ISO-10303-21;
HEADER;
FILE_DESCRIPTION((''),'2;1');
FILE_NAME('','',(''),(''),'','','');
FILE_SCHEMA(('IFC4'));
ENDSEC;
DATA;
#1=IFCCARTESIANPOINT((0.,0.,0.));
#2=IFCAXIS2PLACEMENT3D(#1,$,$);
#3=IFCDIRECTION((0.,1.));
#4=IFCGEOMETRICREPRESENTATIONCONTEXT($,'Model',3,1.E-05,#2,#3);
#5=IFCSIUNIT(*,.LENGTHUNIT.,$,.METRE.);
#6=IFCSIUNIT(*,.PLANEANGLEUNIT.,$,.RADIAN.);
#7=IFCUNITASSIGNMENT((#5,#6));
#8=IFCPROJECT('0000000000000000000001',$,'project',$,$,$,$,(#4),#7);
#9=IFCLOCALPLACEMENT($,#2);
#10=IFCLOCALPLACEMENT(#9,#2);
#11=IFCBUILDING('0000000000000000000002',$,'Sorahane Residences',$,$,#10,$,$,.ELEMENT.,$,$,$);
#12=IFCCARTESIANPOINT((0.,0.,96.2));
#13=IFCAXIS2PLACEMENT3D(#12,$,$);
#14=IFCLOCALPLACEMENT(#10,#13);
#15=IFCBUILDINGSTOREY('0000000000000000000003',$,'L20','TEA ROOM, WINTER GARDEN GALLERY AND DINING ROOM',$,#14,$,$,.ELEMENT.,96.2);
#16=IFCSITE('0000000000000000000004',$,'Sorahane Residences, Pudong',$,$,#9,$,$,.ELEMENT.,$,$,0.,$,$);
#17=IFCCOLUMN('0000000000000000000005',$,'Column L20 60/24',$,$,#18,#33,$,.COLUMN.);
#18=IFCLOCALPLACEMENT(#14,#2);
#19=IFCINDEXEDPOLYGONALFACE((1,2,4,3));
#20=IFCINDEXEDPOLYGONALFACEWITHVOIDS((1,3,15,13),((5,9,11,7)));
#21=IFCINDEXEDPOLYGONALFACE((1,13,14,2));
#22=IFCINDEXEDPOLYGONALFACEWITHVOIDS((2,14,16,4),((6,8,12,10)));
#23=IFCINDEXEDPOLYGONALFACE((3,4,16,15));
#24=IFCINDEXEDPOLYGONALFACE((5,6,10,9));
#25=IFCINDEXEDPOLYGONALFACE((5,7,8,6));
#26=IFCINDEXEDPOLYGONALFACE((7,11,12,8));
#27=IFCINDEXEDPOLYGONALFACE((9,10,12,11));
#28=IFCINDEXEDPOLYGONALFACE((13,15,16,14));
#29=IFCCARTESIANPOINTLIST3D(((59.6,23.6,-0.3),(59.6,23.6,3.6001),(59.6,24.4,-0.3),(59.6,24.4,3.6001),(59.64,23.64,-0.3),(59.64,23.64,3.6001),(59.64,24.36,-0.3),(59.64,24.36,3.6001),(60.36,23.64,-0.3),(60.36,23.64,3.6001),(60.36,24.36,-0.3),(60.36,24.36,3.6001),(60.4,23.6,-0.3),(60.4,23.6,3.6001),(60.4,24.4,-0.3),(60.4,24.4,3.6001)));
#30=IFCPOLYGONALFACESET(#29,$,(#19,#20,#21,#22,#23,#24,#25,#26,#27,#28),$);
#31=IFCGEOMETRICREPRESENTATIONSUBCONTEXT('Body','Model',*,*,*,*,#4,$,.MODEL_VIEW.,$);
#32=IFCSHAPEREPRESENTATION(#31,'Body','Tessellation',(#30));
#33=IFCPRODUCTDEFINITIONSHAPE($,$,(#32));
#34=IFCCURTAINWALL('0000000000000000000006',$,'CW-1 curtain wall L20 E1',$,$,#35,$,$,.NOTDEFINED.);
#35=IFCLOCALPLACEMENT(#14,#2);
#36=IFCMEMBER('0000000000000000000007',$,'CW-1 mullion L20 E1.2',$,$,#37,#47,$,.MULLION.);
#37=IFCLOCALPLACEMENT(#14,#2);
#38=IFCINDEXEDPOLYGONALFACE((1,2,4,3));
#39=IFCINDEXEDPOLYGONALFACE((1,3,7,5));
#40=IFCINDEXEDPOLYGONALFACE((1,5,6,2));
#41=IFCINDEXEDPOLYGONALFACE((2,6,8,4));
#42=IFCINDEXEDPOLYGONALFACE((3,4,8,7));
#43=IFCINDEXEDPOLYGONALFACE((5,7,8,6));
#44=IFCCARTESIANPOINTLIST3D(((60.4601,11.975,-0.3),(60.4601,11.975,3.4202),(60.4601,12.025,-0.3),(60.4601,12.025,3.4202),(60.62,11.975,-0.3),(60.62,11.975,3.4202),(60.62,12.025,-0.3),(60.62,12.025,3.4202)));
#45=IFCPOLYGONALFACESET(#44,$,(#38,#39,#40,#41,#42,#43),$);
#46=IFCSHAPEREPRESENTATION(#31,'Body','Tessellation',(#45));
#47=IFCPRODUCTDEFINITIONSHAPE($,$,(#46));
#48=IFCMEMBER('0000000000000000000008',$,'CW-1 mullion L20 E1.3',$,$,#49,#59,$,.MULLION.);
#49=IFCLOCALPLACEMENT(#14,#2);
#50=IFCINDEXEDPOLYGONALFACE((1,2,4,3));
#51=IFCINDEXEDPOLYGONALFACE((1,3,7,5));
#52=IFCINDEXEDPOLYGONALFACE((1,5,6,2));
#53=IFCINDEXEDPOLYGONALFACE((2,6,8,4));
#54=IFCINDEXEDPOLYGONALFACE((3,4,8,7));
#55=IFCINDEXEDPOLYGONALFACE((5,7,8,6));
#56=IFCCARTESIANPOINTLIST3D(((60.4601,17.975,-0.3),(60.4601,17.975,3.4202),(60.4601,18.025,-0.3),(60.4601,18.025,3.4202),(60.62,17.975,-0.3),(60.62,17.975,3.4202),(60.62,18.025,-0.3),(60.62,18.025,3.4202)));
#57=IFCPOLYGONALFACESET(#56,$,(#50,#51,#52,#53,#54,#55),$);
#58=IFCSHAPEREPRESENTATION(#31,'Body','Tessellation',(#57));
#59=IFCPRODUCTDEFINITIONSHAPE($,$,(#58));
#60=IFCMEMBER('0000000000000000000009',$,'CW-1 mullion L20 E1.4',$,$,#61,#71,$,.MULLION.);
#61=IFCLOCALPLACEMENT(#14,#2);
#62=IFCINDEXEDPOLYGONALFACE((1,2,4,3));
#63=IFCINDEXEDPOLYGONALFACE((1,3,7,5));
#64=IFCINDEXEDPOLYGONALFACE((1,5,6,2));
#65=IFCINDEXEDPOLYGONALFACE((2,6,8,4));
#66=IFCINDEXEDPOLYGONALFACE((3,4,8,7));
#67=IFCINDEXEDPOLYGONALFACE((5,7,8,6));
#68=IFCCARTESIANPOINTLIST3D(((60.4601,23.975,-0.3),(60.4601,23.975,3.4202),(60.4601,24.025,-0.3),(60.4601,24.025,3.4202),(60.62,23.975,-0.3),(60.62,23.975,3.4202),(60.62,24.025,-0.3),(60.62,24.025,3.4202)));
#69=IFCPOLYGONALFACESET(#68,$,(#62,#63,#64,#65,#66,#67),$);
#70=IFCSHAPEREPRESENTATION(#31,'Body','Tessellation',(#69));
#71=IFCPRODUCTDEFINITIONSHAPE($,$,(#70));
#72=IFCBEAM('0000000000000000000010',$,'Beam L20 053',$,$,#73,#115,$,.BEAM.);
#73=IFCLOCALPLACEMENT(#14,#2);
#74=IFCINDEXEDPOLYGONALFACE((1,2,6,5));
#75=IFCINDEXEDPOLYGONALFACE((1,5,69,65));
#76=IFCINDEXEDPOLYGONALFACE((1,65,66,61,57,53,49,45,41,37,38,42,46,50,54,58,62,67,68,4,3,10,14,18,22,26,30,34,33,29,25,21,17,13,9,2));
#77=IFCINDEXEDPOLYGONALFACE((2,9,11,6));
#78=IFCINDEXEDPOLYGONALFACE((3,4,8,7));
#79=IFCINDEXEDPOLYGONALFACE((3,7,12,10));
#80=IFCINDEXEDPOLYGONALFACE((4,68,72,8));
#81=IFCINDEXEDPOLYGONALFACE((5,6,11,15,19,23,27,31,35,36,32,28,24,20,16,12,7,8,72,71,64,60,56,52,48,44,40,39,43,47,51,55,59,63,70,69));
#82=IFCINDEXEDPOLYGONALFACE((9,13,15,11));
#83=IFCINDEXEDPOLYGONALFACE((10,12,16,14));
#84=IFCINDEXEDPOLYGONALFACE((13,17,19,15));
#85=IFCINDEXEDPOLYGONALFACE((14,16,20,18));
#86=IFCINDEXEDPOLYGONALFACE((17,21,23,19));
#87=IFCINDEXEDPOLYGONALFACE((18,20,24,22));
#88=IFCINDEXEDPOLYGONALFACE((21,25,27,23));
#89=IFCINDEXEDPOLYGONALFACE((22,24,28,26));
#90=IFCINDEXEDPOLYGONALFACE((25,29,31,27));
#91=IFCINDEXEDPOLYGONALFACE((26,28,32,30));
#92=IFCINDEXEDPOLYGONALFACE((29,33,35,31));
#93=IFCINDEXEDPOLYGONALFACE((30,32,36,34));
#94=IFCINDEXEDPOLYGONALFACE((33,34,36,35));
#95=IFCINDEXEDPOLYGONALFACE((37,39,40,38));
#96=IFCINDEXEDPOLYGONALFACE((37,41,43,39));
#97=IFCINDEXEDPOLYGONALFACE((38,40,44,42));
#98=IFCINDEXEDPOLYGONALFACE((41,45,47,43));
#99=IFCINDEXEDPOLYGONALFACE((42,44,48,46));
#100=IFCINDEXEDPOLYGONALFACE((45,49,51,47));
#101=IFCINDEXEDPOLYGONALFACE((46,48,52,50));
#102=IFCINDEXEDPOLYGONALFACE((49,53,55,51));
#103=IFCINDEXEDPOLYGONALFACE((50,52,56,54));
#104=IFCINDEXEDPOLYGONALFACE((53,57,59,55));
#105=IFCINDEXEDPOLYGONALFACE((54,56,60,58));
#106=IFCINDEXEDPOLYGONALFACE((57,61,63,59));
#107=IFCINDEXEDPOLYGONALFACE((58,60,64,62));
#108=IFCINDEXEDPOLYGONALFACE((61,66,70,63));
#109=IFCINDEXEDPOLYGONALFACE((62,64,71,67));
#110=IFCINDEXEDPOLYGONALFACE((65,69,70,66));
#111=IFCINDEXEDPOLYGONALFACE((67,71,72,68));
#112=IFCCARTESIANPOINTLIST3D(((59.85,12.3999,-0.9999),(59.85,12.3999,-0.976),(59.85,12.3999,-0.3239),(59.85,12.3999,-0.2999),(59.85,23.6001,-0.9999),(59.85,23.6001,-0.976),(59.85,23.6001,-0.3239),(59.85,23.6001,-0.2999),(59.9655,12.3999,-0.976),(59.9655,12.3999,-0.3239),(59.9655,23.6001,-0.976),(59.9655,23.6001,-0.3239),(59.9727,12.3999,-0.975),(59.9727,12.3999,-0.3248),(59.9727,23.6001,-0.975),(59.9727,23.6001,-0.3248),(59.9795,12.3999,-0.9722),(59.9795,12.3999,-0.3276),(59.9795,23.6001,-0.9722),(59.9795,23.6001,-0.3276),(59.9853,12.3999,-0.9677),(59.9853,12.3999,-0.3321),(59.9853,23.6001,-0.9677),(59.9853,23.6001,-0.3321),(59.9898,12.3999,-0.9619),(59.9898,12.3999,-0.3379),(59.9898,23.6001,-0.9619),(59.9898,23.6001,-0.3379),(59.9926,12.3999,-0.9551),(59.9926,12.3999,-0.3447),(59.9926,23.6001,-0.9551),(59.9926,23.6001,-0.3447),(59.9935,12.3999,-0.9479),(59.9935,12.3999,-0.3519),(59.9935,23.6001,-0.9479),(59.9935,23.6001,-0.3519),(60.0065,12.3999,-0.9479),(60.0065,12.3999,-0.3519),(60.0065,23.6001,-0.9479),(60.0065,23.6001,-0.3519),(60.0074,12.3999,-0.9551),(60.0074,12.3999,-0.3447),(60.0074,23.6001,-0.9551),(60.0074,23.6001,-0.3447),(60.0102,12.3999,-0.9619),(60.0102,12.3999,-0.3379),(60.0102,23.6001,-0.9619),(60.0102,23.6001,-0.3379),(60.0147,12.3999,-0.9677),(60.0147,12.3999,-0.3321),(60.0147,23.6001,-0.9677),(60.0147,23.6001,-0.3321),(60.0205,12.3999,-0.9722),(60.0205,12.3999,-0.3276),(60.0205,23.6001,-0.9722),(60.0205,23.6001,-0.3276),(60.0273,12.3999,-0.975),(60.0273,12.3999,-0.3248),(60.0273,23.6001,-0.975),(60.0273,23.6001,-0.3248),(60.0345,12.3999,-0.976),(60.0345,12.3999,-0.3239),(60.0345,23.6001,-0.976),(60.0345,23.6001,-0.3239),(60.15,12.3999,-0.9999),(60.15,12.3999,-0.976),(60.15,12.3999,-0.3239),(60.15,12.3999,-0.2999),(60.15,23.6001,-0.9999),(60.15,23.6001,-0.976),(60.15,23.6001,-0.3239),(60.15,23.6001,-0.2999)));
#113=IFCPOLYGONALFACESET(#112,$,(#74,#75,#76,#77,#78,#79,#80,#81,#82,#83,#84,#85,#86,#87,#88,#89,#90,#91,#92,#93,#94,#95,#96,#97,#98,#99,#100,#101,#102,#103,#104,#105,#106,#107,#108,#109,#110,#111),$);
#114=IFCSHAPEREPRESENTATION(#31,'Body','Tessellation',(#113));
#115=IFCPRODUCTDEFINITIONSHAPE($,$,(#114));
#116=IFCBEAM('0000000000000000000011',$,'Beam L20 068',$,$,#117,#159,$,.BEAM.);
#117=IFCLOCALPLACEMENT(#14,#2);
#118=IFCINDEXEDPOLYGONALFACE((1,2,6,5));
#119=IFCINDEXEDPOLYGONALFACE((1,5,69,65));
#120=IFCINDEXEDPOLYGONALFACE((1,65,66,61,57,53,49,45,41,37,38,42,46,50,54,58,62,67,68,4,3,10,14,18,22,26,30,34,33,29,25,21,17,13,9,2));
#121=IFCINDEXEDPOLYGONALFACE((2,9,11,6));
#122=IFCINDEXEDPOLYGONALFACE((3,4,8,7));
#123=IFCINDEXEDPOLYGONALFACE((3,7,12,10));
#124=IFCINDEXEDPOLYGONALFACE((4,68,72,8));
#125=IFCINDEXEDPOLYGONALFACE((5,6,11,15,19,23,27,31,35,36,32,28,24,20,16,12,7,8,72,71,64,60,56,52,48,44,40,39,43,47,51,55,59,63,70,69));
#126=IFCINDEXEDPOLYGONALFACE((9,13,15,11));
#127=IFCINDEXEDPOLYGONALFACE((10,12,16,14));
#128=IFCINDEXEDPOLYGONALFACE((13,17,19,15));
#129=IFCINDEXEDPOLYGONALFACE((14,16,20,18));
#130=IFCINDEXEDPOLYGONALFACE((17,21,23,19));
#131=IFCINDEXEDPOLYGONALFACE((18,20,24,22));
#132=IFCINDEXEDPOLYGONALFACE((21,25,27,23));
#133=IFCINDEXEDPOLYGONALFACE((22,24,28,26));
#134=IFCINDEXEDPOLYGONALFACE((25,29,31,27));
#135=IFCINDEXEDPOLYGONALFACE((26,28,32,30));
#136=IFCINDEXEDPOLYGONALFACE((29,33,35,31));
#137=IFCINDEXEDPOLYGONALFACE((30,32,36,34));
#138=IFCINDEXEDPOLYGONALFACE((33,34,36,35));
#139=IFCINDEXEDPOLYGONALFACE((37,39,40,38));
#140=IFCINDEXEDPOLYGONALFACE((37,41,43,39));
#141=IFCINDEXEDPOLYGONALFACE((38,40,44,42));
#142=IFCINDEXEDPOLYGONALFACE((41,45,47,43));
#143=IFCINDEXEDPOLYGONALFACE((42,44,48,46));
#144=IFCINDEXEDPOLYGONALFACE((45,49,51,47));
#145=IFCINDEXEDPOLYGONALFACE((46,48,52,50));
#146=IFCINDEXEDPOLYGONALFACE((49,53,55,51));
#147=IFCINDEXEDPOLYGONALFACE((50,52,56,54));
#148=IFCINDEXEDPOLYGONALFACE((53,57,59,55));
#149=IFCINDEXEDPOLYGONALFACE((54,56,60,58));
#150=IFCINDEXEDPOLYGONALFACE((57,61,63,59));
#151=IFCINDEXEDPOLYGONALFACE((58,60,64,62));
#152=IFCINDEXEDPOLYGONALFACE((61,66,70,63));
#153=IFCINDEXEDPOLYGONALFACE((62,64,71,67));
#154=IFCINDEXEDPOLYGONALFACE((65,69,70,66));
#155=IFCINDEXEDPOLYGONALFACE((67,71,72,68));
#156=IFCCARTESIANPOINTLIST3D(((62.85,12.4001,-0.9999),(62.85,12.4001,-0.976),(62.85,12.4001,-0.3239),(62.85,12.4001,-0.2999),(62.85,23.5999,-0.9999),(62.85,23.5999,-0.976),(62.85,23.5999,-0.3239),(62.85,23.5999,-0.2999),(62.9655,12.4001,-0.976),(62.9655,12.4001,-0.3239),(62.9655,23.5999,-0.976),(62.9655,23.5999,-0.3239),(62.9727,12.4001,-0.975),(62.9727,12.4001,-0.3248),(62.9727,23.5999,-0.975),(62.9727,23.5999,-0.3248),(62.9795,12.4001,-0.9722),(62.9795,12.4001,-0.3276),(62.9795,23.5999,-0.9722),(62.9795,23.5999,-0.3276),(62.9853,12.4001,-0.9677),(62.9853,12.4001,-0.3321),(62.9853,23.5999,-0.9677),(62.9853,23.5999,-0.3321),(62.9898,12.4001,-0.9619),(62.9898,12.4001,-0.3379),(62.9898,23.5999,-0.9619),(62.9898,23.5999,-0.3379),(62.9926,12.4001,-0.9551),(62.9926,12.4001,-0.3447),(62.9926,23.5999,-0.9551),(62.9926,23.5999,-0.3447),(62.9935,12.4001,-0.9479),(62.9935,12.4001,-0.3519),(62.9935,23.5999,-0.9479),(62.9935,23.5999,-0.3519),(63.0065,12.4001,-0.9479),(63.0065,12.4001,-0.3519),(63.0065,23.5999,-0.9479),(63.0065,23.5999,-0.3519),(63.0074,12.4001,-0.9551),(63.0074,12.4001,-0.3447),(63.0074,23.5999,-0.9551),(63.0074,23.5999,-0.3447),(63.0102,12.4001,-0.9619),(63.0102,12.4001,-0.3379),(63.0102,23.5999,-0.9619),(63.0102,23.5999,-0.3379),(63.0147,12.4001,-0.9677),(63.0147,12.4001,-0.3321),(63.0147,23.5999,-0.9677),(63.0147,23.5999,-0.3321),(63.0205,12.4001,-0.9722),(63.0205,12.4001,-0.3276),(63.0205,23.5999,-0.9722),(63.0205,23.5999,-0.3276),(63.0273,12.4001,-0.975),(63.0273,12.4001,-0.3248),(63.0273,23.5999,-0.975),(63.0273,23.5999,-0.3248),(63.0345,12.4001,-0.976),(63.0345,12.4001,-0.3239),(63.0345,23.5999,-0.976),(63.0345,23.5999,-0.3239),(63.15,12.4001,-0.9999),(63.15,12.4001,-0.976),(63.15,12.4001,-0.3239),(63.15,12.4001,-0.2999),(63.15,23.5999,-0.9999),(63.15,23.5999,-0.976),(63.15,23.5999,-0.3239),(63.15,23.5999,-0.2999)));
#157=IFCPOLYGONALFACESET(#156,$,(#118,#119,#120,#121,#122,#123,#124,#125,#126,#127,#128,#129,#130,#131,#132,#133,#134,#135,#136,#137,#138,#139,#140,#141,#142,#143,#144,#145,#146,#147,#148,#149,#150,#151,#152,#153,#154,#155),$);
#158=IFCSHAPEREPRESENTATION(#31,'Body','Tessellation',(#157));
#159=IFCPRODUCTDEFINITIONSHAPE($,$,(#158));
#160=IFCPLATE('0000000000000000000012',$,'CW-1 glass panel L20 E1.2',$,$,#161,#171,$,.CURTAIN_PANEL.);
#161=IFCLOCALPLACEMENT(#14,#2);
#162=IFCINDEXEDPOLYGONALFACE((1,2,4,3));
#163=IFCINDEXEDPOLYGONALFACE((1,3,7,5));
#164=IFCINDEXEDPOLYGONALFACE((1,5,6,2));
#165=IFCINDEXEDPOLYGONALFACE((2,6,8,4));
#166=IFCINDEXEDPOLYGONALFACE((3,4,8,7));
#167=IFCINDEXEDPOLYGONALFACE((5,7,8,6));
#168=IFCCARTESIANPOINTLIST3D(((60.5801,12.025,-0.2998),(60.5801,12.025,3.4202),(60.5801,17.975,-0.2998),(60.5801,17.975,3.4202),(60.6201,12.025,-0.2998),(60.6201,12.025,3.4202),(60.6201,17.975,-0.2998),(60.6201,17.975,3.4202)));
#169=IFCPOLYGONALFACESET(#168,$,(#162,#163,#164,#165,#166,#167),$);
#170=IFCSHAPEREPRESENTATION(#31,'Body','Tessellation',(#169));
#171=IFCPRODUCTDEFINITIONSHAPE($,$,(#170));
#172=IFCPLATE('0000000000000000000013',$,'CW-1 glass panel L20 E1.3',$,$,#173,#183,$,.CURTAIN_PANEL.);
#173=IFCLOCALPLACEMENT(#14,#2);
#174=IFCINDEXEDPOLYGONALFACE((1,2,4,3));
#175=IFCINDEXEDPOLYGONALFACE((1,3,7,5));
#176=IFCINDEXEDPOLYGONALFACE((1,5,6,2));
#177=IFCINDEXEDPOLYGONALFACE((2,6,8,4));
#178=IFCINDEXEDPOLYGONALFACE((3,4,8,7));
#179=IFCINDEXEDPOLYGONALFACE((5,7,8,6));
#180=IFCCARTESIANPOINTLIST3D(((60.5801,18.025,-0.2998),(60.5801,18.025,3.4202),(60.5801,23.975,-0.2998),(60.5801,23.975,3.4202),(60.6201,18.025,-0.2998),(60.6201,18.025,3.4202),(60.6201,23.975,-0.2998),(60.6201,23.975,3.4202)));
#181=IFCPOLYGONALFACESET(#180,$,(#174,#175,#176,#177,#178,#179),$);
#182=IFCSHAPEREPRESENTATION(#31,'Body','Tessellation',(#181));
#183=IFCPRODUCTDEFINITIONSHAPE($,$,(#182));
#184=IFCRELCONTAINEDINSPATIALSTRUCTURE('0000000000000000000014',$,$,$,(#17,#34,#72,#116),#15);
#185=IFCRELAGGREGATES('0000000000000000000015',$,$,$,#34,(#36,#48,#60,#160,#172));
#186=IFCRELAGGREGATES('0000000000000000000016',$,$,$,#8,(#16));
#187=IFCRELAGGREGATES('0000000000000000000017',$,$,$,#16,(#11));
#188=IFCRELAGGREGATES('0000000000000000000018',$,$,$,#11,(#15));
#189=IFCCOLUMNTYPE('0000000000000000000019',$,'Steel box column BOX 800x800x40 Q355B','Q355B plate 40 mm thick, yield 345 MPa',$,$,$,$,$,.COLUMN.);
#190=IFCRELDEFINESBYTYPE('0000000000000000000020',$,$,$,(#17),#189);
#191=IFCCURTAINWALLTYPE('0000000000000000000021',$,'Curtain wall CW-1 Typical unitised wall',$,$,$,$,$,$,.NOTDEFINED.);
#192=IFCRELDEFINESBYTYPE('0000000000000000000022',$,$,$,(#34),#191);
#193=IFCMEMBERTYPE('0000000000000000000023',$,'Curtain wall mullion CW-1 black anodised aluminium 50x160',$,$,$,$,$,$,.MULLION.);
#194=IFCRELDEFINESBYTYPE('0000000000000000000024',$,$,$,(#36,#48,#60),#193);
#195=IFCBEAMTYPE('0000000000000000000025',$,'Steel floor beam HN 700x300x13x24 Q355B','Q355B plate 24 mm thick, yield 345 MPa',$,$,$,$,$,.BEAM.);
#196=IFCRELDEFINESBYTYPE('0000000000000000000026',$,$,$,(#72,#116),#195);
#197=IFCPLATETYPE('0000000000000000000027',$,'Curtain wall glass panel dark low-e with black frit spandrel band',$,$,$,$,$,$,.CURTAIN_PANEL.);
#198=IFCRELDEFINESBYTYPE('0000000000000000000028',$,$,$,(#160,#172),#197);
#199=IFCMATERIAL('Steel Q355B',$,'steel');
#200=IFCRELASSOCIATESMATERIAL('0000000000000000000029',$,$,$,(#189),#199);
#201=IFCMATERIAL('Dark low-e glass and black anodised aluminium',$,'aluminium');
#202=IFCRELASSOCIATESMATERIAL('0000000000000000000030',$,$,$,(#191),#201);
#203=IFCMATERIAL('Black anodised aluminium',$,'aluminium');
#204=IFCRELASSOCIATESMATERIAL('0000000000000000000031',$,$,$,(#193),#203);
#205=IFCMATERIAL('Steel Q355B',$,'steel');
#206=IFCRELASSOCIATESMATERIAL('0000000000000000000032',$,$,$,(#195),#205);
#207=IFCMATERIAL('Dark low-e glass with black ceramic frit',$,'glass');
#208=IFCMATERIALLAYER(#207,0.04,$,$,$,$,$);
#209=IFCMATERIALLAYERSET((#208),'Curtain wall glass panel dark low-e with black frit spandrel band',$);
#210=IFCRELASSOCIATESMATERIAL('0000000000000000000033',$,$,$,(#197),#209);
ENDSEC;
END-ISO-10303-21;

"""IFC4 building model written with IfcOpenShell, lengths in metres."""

from ifc_helpers import new_model, si_unit, direction, frame, origin, origin_2d, place, context, subcontext, project, spatial, rectangle, hollow_rectangle, i_section, extrude, material, layer, layer_set, material_profile, profile_set, type_object, element, aggregate, save


model = new_model("IFC4")

# Units and contexts
model_context = context("Model", 3, precision=1e-05, world=origin(), true_north=direction((0.0, 1.0)))
body_context = subcontext(model_context, "Body", "Model", "MODEL_VIEW")
ifc_project = project(units=[si_unit("LENGTHUNIT", "METRE"), si_unit("PLANEANGLEUNIT", "RADIAN")], contexts=[model_context])

# Site, building, storey
site_placement = place(None, origin())
site = spatial("IfcSite", under=ifc_project, at=site_placement, Name="Sorahane Residences, Pudong", CompositionType="ELEMENT", RefElevation=0.0)
building_placement = place(site_placement, origin())
building = spatial("IfcBuilding", under=site, at=building_placement, Name="Sorahane Residences", CompositionType="ELEMENT")
storey_placement = place(building_placement, frame((0.0, 0.0, 96.2)))
storey = spatial("IfcBuildingStorey", under=building, at=storey_placement, Name="L20", Description="TEA ROOM, WINTER GARDEN GALLERY AND DINING ROOM", CompositionType="ELEMENT", Elevation=96.2)

# Column
ifc_material_1 = material(Name="Steel Q355B", Category="steel")
ifc_material_profile_1 = material_profile(ifc_material_1, hollow_rectangle(XDim=0.8, YDim=0.8, WallThickness=0.04, at=origin_2d()), Name="BOX 800x800x40")
ifc_profile_set_1 = profile_set([ifc_material_profile_1], Name="Steel Q355B")
column_type = type_object("IfcColumnType", Name="Steel box column BOX 800x800x40 Q355B", Description="Q355B plate 40 mm thick, yield 345 MPa", PredefinedType="COLUMN", material=ifc_profile_set_1)
column_placement = place(storey_placement, frame((60.0, 24.0, -0.3), z_axis=(0.0, 0.0, 1.0), x_axis=(1.0, 0.0, 0.0)))
element("IfcColumn", 1, at=column_placement, inside=storey, type_object=column_type, Name="Column L20 60/24", PredefinedType="COLUMN", context=body_context, shape_type="SweptSolid", body=[
    extrude(hollow_rectangle(XDim=0.8, YDim=0.8, WallThickness=0.04, at=origin_2d()), origin(), (0.0, 0.0, 1.0), 3.9001),
])

# Curtain wall, members
ifc_material_2 = material(Name="Dark low-e glass and black anodised aluminium", Category="aluminium")
curtain_wall_type = type_object("IfcCurtainWallType", Name="Curtain wall CW-1 Typical unitised wall", PredefinedType="NOTDEFINED", material=ifc_material_2)
curtain_wall_placement = place(storey_placement, origin())
curtain_wall = element("IfcCurtainWall", 2, at=curtain_wall_placement, inside=storey, type_object=curtain_wall_type, Name="CW-1 curtain wall L20 E1", PredefinedType="NOTDEFINED")
ifc_material_3 = material(Name="Black anodised aluminium", Category="aluminium")
ifc_material_profile_2 = material_profile(ifc_material_3, rectangle(XDim=0.1599, YDim=0.05, at=origin_2d()), Name="Curtain wall mullion CW-1 black anodised aluminium 50x160")
ifc_profile_set_2 = profile_set([ifc_material_profile_2], Name="Black anodised aluminium")
member_type = type_object("IfcMemberType", Name="Curtain wall mullion CW-1 black anodised aluminium 50x160", PredefinedType="MULLION", material=ifc_profile_set_2)
member_1_placement = place(storey_placement, frame((60.54, 12.0, -0.3), z_axis=(0.0, 0.0, 1.0), x_axis=(1.0, 0.0, 0.0)))
member_1 = element("IfcMember", 3, at=member_1_placement, type_object=member_type, Name="CW-1 mullion L20 E1.2", PredefinedType="MULLION", context=body_context, shape_type="SweptSolid", body=[
    extrude(rectangle(XDim=0.1599, YDim=0.05, at=origin_2d()), origin(), (0.0, 0.0, 1.0), 3.7202),
])
member_2_placement = place(storey_placement, frame((60.54, 18.0, -0.3), z_axis=(0.0, 0.0, 1.0), x_axis=(1.0, 0.0, 0.0)))
member_2 = element("IfcMember", 4, at=member_2_placement, type_object=member_type, Name="CW-1 mullion L20 E1.3", PredefinedType="MULLION", context=body_context, shape_type="SweptSolid", body=[
    extrude(rectangle(XDim=0.1599, YDim=0.05, at=origin_2d()), origin(), (0.0, 0.0, 1.0), 3.7202),
])
member_3_placement = place(storey_placement, frame((60.54, 24.0, -0.3), z_axis=(0.0, 0.0, 1.0), x_axis=(1.0, 0.0, 0.0)))
member_3 = element("IfcMember", 5, at=member_3_placement, type_object=member_type, Name="CW-1 mullion L20 E1.4", PredefinedType="MULLION", context=body_context, shape_type="SweptSolid", body=[
    extrude(rectangle(XDim=0.1599, YDim=0.05, at=origin_2d()), origin(), (0.0, 0.0, 1.0), 3.7202),
])

# Beams
ifc_material_4 = material(Name="Steel Q355B", Category="steel")
ifc_material_profile_3 = material_profile(ifc_material_4, i_section(OverallWidth=0.3, OverallDepth=0.7, WebThickness=0.0129, FlangeThickness=0.0239, FilletRadius=0.0281, at=origin_2d()), Name="HN 700x300x13x24")
ifc_profile_set_3 = profile_set([ifc_material_profile_3], Name="Steel Q355B")
beam_type = type_object("IfcBeamType", Name="Steel floor beam HN 700x300x13x24 Q355B", Description="Q355B plate 24 mm thick, yield 345 MPa", PredefinedType="BEAM", material=ifc_profile_set_3)
beam_1_placement = place(storey_placement, frame((60.0, 12.3999, -0.6499), z_axis=(0.0, 1.0, 0.0), x_axis=(-1.0, 0.0, 0.0)))
element("IfcBeam", 6, at=beam_1_placement, inside=storey, type_object=beam_type, Name="Beam L20 053", PredefinedType="BEAM", context=body_context, shape_type="SweptSolid", body=[
    extrude(i_section(OverallWidth=0.3, OverallDepth=0.7, WebThickness=0.0129, FlangeThickness=0.0239, FilletRadius=0.0281, at=origin_2d()), origin(), (0.0, 0.0, 1.0), 11.2002),
])
beam_2_placement = place(storey_placement, frame((63.0, 12.4001, -0.6499), z_axis=(0.0, 1.0, 0.0), x_axis=(-1.0, 0.0, 0.0)))
element("IfcBeam", 7, at=beam_2_placement, inside=storey, type_object=beam_type, Name="Beam L20 068", PredefinedType="BEAM", context=body_context, shape_type="SweptSolid", body=[
    extrude(i_section(OverallWidth=0.3, OverallDepth=0.7, WebThickness=0.0129, FlangeThickness=0.0239, FilletRadius=0.0281, at=origin_2d()), origin(), (0.0, 0.0, 1.0), 11.1997),
])

# Plates
ifc_material_5 = material(Name="Dark low-e glass with black ceramic frit", Category="glass")
ifc_layer_1 = layer(ifc_material_5, 0.04)
ifc_layer_set_1 = layer_set([ifc_layer_1], Name="Curtain wall glass panel dark low-e with black frit spandrel band")
plate_type = type_object("IfcPlateType", Name="Curtain wall glass panel dark low-e with black frit spandrel band", PredefinedType="CURTAIN_PANEL", material=ifc_layer_set_1)
plate_1_placement = place(storey_placement, frame((60.6001, 15.0, -0.2998), z_axis=(0.0, 0.0, 1.0), x_axis=(0.0, 1.0, 0.0)))
plate_1 = element("IfcPlate", 8, at=plate_1_placement, type_object=plate_type, Name="CW-1 glass panel L20 E1.2", PredefinedType="CURTAIN_PANEL", context=body_context, shape_type="SweptSolid", body=[
    extrude(rectangle(XDim=5.95, YDim=0.04, at=origin_2d()), origin(), (0.0, 0.0, 1.0), 3.72),
])
plate_2_placement = place(storey_placement, frame((60.6001, 21.0, -0.2998), z_axis=(0.0, 0.0, 1.0), x_axis=(0.0, 1.0, 0.0)))
plate_2 = element("IfcPlate", 9, at=plate_2_placement, type_object=plate_type, Name="CW-1 glass panel L20 E1.3", PredefinedType="CURTAIN_PANEL", context=body_context, shape_type="SweptSolid", body=[
    extrude(rectangle(XDim=5.95, YDim=0.04, at=origin_2d()), origin(), (0.0, 0.0, 1.0), 3.72),
])
aggregate(curtain_wall, [member_1, member_2, member_3, plate_1, plate_2])

save(model, "model.ifc")
